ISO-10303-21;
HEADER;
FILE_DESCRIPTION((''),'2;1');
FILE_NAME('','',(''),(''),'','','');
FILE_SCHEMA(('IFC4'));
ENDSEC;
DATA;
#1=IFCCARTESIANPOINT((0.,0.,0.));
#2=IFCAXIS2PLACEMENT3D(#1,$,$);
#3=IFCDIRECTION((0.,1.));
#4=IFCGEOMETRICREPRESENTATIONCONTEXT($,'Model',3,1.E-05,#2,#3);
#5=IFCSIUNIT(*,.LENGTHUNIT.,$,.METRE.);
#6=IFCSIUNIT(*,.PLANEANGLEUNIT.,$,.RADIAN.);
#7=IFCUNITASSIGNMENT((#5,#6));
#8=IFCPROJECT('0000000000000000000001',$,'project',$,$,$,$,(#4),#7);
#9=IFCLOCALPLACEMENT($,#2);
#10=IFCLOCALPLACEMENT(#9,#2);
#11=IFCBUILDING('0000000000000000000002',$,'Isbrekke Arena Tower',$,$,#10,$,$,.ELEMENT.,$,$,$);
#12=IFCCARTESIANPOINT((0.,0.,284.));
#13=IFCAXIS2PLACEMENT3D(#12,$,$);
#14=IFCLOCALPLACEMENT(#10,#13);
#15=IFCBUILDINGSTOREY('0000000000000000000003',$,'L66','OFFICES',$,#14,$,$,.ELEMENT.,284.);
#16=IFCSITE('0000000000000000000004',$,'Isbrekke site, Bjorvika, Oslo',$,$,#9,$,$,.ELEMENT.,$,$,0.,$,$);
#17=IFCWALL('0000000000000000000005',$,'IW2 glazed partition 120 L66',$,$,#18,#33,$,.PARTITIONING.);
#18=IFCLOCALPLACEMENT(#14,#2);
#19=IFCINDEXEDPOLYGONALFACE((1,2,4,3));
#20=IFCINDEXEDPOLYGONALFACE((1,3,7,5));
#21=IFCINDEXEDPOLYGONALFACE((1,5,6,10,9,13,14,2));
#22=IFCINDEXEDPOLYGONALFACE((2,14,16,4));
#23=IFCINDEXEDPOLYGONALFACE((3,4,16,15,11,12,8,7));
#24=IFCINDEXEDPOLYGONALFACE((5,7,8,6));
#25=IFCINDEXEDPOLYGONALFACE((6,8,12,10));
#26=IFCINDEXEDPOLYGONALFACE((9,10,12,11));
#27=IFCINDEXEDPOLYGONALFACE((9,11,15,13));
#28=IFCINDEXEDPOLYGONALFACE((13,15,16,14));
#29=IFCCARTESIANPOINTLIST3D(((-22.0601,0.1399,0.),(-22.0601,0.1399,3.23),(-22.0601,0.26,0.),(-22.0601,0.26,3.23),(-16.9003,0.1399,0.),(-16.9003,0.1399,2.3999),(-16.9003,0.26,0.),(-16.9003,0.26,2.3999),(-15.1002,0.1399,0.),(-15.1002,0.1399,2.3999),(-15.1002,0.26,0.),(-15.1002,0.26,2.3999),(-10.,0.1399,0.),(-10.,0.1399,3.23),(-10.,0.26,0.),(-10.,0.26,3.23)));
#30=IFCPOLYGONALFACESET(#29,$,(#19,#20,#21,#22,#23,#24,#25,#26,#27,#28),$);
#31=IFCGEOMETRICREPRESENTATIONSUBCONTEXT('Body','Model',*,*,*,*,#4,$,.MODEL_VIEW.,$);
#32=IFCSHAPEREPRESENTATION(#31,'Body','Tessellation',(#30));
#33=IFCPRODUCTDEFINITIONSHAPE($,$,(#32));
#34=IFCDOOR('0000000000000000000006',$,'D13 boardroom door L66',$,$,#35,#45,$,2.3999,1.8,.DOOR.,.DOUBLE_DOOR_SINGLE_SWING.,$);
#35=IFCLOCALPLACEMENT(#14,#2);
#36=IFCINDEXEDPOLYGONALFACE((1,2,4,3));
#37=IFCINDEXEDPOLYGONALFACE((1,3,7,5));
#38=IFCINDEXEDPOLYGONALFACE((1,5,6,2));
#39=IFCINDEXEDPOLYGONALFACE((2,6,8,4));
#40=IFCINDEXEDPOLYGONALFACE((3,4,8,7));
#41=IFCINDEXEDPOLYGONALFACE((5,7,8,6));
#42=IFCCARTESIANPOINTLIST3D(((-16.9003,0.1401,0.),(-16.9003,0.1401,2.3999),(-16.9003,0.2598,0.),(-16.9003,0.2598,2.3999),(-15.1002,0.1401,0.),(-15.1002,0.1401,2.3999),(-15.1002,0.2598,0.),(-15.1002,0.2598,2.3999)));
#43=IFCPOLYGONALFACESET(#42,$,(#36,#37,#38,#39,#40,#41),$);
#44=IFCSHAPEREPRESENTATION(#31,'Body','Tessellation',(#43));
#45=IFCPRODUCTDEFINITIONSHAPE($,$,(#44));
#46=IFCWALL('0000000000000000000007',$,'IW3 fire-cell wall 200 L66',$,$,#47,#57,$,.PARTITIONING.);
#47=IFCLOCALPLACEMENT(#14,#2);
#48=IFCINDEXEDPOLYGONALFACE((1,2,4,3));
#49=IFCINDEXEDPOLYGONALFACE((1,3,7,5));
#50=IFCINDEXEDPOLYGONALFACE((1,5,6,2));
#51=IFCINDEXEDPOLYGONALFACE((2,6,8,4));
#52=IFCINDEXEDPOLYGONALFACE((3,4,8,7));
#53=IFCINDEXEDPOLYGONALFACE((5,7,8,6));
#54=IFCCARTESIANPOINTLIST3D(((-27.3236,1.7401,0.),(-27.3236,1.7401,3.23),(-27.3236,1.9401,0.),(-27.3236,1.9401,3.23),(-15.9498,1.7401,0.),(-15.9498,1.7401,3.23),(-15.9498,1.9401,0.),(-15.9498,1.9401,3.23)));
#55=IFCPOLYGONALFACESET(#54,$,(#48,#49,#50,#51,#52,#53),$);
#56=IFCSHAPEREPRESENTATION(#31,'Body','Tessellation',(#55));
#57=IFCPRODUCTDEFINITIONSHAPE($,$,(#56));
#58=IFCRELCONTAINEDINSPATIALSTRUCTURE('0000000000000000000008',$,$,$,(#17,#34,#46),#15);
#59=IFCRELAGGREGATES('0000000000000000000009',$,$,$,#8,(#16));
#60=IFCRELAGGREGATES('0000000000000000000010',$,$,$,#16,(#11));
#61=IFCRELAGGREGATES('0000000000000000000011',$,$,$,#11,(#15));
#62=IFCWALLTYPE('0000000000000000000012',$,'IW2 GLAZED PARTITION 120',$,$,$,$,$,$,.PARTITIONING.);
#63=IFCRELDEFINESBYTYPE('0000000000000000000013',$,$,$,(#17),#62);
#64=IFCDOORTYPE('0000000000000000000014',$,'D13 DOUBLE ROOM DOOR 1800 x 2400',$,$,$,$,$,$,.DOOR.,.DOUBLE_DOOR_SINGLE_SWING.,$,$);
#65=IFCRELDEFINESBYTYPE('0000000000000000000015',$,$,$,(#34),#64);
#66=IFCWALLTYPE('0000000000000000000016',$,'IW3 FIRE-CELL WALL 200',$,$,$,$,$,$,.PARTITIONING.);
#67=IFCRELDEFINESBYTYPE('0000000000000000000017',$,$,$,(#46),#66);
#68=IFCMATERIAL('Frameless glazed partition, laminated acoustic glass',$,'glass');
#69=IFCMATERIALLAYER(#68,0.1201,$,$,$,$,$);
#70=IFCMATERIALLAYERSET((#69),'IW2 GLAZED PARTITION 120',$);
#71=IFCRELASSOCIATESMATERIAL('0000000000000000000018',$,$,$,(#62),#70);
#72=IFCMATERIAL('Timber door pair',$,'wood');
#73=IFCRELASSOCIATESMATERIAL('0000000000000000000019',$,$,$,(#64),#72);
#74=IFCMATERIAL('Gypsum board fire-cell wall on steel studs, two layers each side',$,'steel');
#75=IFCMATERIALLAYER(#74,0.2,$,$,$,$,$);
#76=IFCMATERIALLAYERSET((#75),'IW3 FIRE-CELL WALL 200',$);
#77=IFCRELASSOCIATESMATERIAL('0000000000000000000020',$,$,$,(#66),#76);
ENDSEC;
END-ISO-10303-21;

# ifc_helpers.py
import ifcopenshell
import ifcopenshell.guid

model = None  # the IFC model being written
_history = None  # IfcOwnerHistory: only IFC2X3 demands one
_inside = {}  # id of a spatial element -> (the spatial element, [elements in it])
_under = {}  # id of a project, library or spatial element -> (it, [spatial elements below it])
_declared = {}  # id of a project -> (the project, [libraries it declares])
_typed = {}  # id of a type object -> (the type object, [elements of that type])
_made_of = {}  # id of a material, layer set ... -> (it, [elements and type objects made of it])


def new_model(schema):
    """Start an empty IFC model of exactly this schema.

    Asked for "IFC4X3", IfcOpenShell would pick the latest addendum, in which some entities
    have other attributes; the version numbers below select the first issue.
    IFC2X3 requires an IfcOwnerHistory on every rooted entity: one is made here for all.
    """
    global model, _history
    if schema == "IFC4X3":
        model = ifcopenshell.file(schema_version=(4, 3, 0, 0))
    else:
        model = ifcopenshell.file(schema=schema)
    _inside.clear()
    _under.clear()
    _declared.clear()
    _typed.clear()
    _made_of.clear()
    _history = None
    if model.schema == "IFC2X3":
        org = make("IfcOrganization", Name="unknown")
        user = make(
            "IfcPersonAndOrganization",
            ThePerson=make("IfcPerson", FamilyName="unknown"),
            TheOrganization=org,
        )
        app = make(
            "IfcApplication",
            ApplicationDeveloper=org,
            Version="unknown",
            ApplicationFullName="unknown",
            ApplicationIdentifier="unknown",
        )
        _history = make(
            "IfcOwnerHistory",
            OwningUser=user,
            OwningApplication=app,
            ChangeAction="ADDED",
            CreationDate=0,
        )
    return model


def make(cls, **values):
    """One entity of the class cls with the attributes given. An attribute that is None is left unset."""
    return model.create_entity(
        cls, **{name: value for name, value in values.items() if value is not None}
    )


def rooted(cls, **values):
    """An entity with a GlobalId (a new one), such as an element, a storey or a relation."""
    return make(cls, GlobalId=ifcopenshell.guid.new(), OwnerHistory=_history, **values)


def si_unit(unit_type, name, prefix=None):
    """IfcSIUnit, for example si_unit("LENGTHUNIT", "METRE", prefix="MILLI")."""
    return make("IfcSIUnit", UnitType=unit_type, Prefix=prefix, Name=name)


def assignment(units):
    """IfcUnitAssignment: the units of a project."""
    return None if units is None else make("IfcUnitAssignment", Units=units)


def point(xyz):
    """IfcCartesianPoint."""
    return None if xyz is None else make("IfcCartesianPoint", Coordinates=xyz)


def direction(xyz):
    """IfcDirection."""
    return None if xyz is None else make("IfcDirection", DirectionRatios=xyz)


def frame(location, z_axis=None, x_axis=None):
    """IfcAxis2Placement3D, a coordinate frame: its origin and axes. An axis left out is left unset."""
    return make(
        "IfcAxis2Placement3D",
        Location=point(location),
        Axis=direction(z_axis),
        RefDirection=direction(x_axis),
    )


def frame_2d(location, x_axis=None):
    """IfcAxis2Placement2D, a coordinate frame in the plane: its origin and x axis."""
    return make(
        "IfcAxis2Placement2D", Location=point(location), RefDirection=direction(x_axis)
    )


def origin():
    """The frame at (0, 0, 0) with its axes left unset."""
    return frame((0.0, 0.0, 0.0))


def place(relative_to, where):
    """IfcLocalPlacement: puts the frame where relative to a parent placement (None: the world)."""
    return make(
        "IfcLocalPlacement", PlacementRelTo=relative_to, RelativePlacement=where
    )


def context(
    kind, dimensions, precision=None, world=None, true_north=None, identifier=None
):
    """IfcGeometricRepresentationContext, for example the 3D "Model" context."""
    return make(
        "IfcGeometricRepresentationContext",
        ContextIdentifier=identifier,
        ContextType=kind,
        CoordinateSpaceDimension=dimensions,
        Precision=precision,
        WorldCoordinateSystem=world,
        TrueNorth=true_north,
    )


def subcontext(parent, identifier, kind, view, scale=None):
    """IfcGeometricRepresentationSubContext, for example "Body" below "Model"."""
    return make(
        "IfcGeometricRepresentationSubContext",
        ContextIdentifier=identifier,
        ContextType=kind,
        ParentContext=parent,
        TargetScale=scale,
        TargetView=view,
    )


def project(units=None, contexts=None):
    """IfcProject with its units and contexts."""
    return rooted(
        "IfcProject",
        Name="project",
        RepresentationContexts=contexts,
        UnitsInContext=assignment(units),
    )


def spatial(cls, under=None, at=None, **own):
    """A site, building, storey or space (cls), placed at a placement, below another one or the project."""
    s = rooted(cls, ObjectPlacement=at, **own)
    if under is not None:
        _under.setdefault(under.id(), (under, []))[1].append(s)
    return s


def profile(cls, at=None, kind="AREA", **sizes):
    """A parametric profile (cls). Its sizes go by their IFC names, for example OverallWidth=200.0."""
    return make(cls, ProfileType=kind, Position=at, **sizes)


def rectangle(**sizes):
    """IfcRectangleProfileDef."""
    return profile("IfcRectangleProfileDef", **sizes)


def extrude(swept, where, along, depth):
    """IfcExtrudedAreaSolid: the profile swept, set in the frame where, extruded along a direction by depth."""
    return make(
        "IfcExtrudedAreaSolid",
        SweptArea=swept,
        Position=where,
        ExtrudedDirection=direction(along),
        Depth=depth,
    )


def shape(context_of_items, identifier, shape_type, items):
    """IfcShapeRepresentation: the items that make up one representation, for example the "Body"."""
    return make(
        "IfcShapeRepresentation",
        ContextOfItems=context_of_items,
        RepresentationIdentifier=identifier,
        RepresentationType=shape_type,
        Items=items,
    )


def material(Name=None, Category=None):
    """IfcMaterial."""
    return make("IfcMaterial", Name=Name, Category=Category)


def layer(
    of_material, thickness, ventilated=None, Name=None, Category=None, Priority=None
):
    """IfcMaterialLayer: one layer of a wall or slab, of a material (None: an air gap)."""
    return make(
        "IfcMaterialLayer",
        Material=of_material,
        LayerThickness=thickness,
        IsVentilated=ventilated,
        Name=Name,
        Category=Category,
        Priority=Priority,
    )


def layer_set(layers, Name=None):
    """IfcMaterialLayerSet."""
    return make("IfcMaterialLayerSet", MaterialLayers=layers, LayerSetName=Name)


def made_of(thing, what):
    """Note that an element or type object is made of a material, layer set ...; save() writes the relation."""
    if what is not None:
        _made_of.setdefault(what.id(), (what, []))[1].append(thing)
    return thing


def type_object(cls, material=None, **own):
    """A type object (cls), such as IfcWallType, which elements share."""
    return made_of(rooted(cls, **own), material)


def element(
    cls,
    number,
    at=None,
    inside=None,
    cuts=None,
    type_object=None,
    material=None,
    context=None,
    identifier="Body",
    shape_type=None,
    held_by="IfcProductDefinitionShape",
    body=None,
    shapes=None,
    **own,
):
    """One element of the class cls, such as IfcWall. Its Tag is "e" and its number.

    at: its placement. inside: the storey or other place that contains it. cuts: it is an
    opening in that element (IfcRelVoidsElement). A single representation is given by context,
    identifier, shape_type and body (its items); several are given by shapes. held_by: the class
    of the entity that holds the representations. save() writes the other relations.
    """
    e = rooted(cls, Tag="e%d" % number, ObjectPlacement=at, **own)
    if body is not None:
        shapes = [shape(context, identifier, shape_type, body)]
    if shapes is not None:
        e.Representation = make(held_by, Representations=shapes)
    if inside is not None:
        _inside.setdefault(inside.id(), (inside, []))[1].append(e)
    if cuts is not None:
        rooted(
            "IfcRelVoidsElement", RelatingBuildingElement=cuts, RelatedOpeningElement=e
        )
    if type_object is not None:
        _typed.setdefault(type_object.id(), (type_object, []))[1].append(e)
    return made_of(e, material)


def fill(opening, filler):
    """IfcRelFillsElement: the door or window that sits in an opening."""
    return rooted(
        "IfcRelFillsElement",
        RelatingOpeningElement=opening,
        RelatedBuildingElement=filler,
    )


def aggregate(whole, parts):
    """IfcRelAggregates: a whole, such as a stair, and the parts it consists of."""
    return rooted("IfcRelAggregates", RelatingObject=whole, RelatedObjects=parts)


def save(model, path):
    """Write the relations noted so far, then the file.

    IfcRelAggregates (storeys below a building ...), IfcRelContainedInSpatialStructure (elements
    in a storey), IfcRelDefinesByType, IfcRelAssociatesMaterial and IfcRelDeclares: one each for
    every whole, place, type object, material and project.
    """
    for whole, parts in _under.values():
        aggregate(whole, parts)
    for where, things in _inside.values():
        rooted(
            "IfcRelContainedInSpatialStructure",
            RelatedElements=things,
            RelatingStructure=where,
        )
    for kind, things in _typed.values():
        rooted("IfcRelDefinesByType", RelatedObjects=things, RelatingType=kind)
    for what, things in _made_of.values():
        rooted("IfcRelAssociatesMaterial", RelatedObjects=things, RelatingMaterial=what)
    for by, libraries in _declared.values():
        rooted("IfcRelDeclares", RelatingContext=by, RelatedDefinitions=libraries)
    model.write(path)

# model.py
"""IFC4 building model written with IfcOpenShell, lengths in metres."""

from ifc_helpers import new_model, si_unit, direction, frame, frame_2d, origin, place, context, subcontext, project, spatial, rectangle, extrude, material, layer, layer_set, type_object, element, fill, save


model = new_model("IFC4")

# Units and contexts
model_context = context("Model", 3, precision=1e-05, world=origin(), true_north=direction((0.0, 1.0)))
body_context = subcontext(model_context, "Body", "Model", "MODEL_VIEW")
ifc_project = project(units=[si_unit("LENGTHUNIT", "METRE"), si_unit("PLANEANGLEUNIT", "RADIAN")], contexts=[model_context])

# Site, building, storey
site_placement = place(None, origin())
site = spatial("IfcSite", under=ifc_project, at=site_placement, Name="Isbrekke site, Bjorvika, Oslo", CompositionType="ELEMENT", RefElevation=0.0)
building_placement = place(site_placement, origin())
building = spatial("IfcBuilding", under=site, at=building_placement, Name="Isbrekke Arena Tower", CompositionType="ELEMENT")
storey_placement = place(building_placement, frame((0.0, 0.0, 284.0)))
storey = spatial("IfcBuildingStorey", under=building, at=storey_placement, Name="L66", Description="OFFICES", CompositionType="ELEMENT", Elevation=284.0)

# Wall, opening, door
ifc_material_1 = material(Name="Frameless glazed partition, laminated acoustic glass", Category="glass")
ifc_layer_1 = layer(ifc_material_1, 0.1201)
ifc_layer_set_1 = layer_set([ifc_layer_1], Name="IW2 GLAZED PARTITION 120")
wall_type_1 = type_object("IfcWallType", Name="IW2 GLAZED PARTITION 120", PredefinedType="PARTITIONING", material=ifc_layer_set_1)
wall_1_placement = place(storey_placement, frame((-22.0601, 0.2, 0.0), z_axis=(0.0, 0.0, 1.0), x_axis=(1.0, 0.0, 0.0)))
wall_1 = element("IfcWall", 1, at=wall_1_placement, inside=storey, type_object=wall_type_1, Name="IW2 glazed partition 120 L66", PredefinedType="PARTITIONING", context=body_context, shape_type="SweptSolid", body=[
    extrude(rectangle(XDim=12.0601, YDim=0.1201, at=frame_2d((6.03, 0.0))), origin(), (0.0, 0.0, 1.0), 3.23),
])
opening_1_placement = place(wall_1_placement, frame((5.1599, 0.0, 0.0)))
opening_1 = element("IfcOpeningElement", 2, at=opening_1_placement, cuts=wall_1, PredefinedType="OPENING", context=body_context, shape_type="SweptSolid", body=[
    extrude(rectangle(XDim=1.8, YDim=2.3999, at=frame_2d((0.8999, 1.2))), frame((0.0, 0.075, 0.0), z_axis=(0.0, -1.0, 0.0), x_axis=(1.0, 0.0, 0.0)), (0.0, 0.0, 1.0), 0.1499),
])
ifc_material_2 = material(Name="Timber door pair", Category="wood")
door_type_1 = type_object("IfcDoorType", Name="D13 DOUBLE ROOM DOOR 1800 x 2400", OperationType="DOUBLE_DOOR_SINGLE_SWING", PredefinedType="DOOR", material=ifc_material_2)
door_1_placement = place(opening_1_placement, origin())
door_1 = element("IfcDoor", 3, at=door_1_placement, inside=storey, type_object=door_type_1, Name="D13 boardroom door L66", OperationType="DOUBLE_DOOR_SINGLE_SWING", OverallHeight=2.3999, OverallWidth=1.8, PredefinedType="DOOR", context=body_context, shape_type="SweptSolid", body=[
    extrude(rectangle(XDim=1.8, YDim=2.3999, at=frame_2d((0.8999, 1.2))), frame((0.0, 0.0598, 0.0), z_axis=(0.0, -1.0, 0.0), x_axis=(1.0, 0.0, 0.0)), (0.0, 0.0, 1.0), 0.1196),
])
fill(opening_1, door_1)

# Wall
ifc_material_3 = material(Name="Gypsum board fire-cell wall on steel studs, two layers each side", Category="steel")
ifc_layer_2 = layer(ifc_material_3, 0.2)
ifc_layer_set_2 = layer_set([ifc_layer_2], Name="IW3 FIRE-CELL WALL 200")
wall_type_2 = type_object("IfcWallType", Name="IW3 FIRE-CELL WALL 200", PredefinedType="PARTITIONING", material=ifc_layer_set_2)
wall_2_placement = place(storey_placement, frame((-27.3237, 1.8401, 0.0), z_axis=(0.0, 0.0, 1.0), x_axis=(1.0, 0.0, 0.0)))
element("IfcWall", 4, at=wall_2_placement, inside=storey, type_object=wall_type_2, Name="IW3 fire-cell wall 200 L66", PredefinedType="PARTITIONING", context=body_context, shape_type="SweptSolid", body=[
    extrude(rectangle(XDim=11.3738, YDim=0.2, at=frame_2d((5.687, 0.0))), origin(), (0.0, 0.0, 1.0), 3.23),
])

save(model, "model.ifc")
